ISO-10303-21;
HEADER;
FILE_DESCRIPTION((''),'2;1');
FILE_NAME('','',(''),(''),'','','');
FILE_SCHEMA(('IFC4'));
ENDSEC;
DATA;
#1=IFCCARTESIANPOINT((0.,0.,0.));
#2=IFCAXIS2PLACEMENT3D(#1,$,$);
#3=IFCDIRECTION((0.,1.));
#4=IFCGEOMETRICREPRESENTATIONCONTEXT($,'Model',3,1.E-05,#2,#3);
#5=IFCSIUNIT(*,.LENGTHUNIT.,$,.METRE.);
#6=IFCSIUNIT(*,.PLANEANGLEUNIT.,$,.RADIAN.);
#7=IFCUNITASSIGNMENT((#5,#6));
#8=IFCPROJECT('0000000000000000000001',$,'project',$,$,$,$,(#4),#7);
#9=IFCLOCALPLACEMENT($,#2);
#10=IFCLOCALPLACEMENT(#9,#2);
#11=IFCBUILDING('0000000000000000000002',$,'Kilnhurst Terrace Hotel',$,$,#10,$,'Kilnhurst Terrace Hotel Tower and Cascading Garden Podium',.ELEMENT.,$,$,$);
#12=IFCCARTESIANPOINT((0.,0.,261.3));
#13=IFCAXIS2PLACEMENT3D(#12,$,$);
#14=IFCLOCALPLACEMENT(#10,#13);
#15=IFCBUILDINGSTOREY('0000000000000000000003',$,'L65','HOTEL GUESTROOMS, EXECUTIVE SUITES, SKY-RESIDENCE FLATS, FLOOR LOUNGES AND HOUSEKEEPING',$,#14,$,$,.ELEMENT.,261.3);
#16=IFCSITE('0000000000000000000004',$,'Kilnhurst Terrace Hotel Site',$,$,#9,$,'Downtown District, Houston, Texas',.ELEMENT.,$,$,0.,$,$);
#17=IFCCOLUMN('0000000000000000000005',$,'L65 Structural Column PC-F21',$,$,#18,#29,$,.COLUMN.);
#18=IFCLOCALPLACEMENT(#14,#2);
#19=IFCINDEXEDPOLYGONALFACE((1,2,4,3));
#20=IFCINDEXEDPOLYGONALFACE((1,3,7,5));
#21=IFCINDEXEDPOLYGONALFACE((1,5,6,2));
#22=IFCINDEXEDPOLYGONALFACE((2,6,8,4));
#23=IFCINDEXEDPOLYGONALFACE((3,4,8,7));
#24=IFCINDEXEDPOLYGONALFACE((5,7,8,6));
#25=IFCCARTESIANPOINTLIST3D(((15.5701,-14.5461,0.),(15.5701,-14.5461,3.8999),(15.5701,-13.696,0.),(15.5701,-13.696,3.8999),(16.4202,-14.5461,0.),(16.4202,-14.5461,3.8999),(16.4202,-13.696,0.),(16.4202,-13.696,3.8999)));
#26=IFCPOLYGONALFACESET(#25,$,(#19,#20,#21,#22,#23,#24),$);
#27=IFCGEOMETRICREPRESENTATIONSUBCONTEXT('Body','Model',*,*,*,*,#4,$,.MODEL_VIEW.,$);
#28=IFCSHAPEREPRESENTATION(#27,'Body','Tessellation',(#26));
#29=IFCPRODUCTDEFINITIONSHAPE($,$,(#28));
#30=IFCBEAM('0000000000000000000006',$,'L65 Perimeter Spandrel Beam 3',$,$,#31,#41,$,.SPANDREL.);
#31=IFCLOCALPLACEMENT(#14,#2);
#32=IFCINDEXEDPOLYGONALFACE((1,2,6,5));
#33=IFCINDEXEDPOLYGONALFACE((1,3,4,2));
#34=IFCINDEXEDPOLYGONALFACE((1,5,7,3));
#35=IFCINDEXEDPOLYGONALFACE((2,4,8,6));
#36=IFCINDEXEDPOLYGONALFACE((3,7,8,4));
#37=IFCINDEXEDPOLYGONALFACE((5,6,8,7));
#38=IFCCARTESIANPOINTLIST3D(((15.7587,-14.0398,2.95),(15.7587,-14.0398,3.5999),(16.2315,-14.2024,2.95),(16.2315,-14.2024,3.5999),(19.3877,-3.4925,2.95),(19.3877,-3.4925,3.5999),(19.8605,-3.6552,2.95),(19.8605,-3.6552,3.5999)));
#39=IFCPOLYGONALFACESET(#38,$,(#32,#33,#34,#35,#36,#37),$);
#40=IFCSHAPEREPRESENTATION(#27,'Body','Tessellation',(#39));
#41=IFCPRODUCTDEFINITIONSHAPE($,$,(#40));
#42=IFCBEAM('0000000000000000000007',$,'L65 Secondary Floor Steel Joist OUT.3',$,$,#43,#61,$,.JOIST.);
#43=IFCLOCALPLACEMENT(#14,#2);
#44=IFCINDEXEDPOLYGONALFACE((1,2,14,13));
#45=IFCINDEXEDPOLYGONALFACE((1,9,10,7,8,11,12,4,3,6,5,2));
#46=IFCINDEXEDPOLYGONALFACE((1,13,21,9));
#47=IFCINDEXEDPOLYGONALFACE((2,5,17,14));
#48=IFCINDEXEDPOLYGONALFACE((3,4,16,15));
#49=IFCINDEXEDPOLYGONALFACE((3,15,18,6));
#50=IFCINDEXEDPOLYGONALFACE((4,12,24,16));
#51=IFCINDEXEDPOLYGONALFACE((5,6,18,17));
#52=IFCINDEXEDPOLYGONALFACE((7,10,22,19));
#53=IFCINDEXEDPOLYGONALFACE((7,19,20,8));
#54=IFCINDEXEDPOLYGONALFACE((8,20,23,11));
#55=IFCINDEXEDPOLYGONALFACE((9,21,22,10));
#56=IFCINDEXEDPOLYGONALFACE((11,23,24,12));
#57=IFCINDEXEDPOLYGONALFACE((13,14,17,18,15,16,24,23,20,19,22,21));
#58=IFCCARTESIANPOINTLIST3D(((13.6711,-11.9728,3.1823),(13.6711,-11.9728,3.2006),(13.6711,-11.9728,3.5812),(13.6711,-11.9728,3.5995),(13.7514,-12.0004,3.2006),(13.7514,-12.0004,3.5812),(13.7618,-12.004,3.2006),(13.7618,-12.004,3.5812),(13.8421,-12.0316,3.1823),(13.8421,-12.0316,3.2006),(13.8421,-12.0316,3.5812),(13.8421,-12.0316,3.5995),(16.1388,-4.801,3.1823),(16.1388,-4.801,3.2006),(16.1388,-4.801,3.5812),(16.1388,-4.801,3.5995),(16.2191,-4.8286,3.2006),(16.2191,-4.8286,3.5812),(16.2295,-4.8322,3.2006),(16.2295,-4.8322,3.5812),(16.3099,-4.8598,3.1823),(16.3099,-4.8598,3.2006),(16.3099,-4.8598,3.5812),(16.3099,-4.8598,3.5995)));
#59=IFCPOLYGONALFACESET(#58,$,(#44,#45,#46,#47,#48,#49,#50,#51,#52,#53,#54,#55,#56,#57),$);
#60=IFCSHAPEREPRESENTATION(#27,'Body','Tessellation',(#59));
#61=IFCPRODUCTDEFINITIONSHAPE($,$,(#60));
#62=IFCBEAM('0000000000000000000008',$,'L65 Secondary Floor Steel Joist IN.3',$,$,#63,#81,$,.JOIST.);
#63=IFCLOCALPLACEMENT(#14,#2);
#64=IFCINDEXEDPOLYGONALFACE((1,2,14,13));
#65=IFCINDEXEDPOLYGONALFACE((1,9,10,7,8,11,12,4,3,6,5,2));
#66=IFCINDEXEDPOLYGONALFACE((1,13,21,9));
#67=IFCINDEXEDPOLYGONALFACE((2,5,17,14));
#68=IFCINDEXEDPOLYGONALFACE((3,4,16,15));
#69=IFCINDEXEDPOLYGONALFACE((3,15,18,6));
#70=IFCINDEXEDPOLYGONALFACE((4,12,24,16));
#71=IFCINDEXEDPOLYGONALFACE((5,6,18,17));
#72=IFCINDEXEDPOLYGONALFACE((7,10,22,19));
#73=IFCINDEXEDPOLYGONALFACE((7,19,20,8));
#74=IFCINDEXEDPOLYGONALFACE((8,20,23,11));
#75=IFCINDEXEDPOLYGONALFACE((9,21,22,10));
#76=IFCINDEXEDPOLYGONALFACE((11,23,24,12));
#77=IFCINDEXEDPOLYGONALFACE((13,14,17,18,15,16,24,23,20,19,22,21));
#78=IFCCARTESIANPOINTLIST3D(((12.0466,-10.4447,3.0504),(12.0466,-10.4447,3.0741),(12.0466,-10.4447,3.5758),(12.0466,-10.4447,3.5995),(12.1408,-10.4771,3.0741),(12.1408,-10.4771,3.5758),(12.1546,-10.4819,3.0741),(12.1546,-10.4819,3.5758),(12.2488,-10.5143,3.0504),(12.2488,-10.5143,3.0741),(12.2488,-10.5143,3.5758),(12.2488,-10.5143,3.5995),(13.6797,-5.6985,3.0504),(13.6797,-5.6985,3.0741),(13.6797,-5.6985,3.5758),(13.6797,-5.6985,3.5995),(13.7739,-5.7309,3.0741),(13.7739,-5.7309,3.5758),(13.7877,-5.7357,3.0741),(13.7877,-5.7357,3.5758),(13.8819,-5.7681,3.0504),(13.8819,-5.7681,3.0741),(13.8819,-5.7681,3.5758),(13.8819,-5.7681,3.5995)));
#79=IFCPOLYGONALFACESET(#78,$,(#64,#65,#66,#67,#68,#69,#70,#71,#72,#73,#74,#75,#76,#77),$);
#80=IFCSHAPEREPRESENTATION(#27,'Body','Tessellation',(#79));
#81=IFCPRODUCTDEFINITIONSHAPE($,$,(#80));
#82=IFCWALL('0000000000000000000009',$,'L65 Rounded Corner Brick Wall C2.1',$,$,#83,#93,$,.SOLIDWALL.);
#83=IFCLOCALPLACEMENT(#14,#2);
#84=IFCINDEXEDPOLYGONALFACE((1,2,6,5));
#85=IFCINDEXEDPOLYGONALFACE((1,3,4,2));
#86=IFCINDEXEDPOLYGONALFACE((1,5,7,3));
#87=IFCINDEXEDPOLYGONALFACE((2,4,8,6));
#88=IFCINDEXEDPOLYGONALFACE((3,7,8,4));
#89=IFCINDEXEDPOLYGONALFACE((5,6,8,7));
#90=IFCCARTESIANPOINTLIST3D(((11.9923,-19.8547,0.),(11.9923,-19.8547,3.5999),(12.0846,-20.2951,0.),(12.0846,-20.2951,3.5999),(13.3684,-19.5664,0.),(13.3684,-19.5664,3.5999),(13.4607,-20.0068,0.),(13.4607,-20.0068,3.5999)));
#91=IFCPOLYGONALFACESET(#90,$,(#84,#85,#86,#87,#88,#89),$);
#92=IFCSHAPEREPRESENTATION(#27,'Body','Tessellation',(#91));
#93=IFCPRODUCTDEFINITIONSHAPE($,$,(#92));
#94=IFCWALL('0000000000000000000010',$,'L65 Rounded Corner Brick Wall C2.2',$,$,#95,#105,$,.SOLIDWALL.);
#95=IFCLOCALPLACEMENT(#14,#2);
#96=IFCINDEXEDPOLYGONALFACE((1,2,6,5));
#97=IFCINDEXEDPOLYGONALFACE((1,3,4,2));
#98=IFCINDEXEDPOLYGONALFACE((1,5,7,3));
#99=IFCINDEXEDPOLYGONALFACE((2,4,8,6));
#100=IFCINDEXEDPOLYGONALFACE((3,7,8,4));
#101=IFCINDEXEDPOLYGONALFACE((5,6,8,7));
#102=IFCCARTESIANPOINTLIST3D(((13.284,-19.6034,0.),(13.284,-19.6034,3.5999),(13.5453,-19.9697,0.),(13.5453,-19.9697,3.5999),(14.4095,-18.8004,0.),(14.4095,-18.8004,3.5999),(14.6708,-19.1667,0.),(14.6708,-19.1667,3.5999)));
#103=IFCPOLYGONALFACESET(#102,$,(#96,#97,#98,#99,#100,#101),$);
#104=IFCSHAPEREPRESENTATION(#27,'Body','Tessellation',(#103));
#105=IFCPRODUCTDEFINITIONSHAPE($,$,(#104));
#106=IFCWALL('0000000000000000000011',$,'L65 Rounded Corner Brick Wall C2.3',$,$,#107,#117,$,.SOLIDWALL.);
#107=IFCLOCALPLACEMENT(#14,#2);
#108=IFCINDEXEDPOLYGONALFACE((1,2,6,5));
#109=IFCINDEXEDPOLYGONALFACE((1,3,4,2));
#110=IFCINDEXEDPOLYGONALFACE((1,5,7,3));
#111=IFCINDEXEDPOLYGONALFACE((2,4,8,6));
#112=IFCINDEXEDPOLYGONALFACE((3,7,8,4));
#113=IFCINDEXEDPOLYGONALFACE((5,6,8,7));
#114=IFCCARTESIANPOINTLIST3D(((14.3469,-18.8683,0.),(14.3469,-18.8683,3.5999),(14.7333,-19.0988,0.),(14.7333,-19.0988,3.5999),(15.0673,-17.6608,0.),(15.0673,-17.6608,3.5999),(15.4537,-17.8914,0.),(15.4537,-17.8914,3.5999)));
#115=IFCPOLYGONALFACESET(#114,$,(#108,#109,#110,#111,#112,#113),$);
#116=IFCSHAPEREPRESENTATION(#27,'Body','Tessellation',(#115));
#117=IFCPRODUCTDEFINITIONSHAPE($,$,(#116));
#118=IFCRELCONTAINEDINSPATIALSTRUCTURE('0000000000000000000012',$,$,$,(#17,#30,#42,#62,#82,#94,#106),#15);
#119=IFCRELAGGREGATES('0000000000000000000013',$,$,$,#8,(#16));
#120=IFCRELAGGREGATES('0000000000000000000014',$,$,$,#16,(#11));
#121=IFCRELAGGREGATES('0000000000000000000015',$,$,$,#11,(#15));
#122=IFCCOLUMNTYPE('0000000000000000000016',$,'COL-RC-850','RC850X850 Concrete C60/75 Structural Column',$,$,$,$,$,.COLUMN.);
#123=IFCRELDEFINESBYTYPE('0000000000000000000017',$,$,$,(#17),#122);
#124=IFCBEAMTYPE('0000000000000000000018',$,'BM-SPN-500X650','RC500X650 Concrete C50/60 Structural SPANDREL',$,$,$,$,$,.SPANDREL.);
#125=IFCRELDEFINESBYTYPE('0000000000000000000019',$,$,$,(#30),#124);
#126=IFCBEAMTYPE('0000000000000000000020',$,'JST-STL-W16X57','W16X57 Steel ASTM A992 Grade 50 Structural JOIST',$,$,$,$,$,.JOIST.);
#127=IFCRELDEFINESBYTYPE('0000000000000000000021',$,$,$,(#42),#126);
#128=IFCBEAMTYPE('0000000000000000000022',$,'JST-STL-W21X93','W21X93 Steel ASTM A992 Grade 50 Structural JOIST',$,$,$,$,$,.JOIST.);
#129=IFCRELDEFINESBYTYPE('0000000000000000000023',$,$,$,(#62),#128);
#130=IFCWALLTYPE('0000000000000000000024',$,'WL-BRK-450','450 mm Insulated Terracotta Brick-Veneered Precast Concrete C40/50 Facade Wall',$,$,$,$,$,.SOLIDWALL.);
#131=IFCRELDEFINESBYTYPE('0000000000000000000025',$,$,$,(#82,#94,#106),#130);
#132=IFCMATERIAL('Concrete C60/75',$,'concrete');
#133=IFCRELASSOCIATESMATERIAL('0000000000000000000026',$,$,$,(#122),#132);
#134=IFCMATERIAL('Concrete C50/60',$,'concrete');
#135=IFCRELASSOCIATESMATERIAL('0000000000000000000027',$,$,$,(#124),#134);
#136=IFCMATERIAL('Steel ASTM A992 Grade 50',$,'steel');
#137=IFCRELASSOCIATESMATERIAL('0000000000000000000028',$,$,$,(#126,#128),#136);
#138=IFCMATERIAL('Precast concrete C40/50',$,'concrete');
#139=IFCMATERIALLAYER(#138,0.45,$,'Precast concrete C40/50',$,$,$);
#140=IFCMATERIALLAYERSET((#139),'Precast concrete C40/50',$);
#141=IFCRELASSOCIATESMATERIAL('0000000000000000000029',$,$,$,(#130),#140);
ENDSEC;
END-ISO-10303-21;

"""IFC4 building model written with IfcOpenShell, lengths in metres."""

from ifc_helpers import new_model, si_unit, direction, frame, frame_2d, origin, origin_2d, place, context, subcontext, project, spatial, rectangle, i_section, extrude, material, layer, layer_set, material_profile, profile_set, type_object, element, save


model = new_model("IFC4")

# Units and contexts
model_context = context("Model", 3, precision=1e-05, world=origin(), true_north=direction((0.0, 1.0)))
body_context = subcontext(model_context, "Body", "Model", "MODEL_VIEW")
ifc_project = project(units=[si_unit("LENGTHUNIT", "METRE"), si_unit("PLANEANGLEUNIT", "RADIAN")], contexts=[model_context])

# Site, building, storey
site_placement = place(None, origin())
site = spatial("IfcSite", under=ifc_project, at=site_placement, Name="Kilnhurst Terrace Hotel Site", LongName="Downtown District, Houston, Texas", CompositionType="ELEMENT", RefElevation=0.0)
building_placement = place(site_placement, origin())
building = spatial("IfcBuilding", under=site, at=building_placement, Name="Kilnhurst Terrace Hotel", LongName="Kilnhurst Terrace Hotel Tower and Cascading Garden Podium", CompositionType="ELEMENT")
storey_placement = place(building_placement, frame((0.0, 0.0, 261.3)))
storey = spatial("IfcBuildingStorey", under=building, at=storey_placement, Name="L65", Description="HOTEL GUESTROOMS, EXECUTIVE SUITES, SKY-RESIDENCE FLATS, FLOOR LOUNGES AND HOUSEKEEPING", CompositionType="ELEMENT", Elevation=261.3)

# Column
ifc_material_1 = material(Name="Concrete C60/75", Category="concrete")
ifc_material_profile_1 = material_profile(ifc_material_1, rectangle(XDim=0.8501, YDim=0.8501, at=origin_2d()), Name="RC850X850")
ifc_profile_set_1 = profile_set([ifc_material_profile_1], Name="Concrete C60/75")
column_type = type_object("IfcColumnType", Name="COL-RC-850", Description="RC850X850 Concrete C60/75 Structural Column", PredefinedType="COLUMN", material=ifc_profile_set_1)
column_placement = place(storey_placement, frame((15.9951, -14.1211, 0.0), z_axis=(0.0, 0.0, 1.0), x_axis=(1.0, 0.0, 0.0)))
element("IfcColumn", 1, at=column_placement, inside=storey, type_object=column_type, Name="L65 Structural Column PC-F21", PredefinedType="COLUMN", context=body_context, shape_type="SweptSolid", body=[
    extrude(rectangle(XDim=0.8501, YDim=0.8501, at=origin_2d()), origin(), (0.0, 0.0, 1.0), 3.8999),
])

# Beams
ifc_material_2 = material(Name="Concrete C50/60", Category="concrete")
ifc_material_profile_2 = material_profile(ifc_material_2, rectangle(XDim=0.5, YDim=0.6499, at=origin_2d()), Name="RC500X650")
ifc_profile_set_2 = profile_set([ifc_material_profile_2], Name="Concrete C50/60")
beam_type_1 = type_object("IfcBeamType", Name="BM-SPN-500X650", Description="RC500X650 Concrete C50/60 Structural SPANDREL", PredefinedType="SPANDREL", material=ifc_profile_set_2)
beam_1_placement = place(storey_placement, frame((15.9951, -14.1211, 3.2749), z_axis=(0.325347, 0.945595, 0.0), x_axis=(-0.945595, 0.325347, 0.0)))
element("IfcBeam", 2, at=beam_1_placement, inside=storey, type_object=beam_type_1, Name="L65 Perimeter Spandrel Beam 3", PredefinedType="SPANDREL", context=body_context, shape_type="SweptSolid", body=[
    extrude(rectangle(XDim=0.5, YDim=0.6499, at=origin_2d()), origin(), (0.0, 0.0, 1.0), 11.1541),
])
ifc_material_3 = material(Name="Steel ASTM A992 Grade 50", Category="steel")
ifc_material_profile_3 = material_profile(ifc_material_3, i_section(OverallWidth=0.1809, OverallDepth=0.4172, WebThickness=0.011, FlangeThickness=0.0183, at=origin_2d()), Name="W16X57")
ifc_profile_set_3 = profile_set([ifc_material_profile_3], Name="Steel ASTM A992 Grade 50")
beam_type_2 = type_object("IfcBeamType", Name="JST-STL-W16X57", Description="W16X57 Steel ASTM A992 Grade 50 Structural JOIST", PredefinedType="JOIST", material=ifc_profile_set_3)
beam_2_placement = place(storey_placement, frame((13.7566, -12.0022, 3.3909), z_axis=(0.325368, 0.945588, 0.0), x_axis=(-0.945588, 0.325368, 0.0)))
element("IfcBeam", 3, at=beam_2_placement, inside=storey, type_object=beam_type_2, Name="L65 Secondary Floor Steel Joist OUT.3", PredefinedType="JOIST", context=body_context, shape_type="SweptSolid", body=[
    extrude(i_section(OverallWidth=0.1809, OverallDepth=0.4172, WebThickness=0.011, FlangeThickness=0.0183, at=origin_2d()), origin(), (0.0, 0.0, 1.0), 7.5845),
])
ifc_material_profile_4 = material_profile(ifc_material_3, i_section(OverallWidth=0.2139, OverallDepth=0.5491, WebThickness=0.0146, FlangeThickness=0.0237, at=origin_2d()), Name="W21X93")
ifc_profile_set_4 = profile_set([ifc_material_profile_4], Name="Steel ASTM A992 Grade 50")
beam_type_3 = type_object("IfcBeamType", Name="JST-STL-W21X93", Description="W21X93 Steel ASTM A992 Grade 50 Structural JOIST", PredefinedType="JOIST", material=ifc_profile_set_4)
beam_3_placement = place(storey_placement, frame((12.1477, -10.4795, 3.325), z_axis=(0.325363, 0.945589, 0.0), x_axis=(-0.945589, 0.325363, 0.0)))
element("IfcBeam", 4, at=beam_3_placement, inside=storey, type_object=beam_type_3, Name="L65 Secondary Floor Steel Joist IN.3", PredefinedType="JOIST", context=body_context, shape_type="SweptSolid", body=[
    extrude(i_section(OverallWidth=0.2139, OverallDepth=0.5491, WebThickness=0.0146, FlangeThickness=0.0237, at=origin_2d()), origin(), (0.0, 0.0, 1.0), 5.0193),
])

# Walls
ifc_material_4 = material(Name="Precast concrete C40/50", Category="concrete")
ifc_layer_1 = layer(ifc_material_4, 0.45, Name="Precast concrete C40/50")
ifc_layer_set_1 = layer_set([ifc_layer_1], Name="Precast concrete C40/50")
wall_type_1 = type_object("IfcWallType", Name="WL-BRK-450", Description="450 mm Insulated Terracotta Brick-Veneered Precast Concrete C40/50 Facade Wall", PredefinedType="SOLIDWALL", material=ifc_layer_set_1)
wall_1_placement = place(storey_placement, frame((12.0383, -20.075, 0.0), z_axis=(0.0, 0.0, 1.0), x_axis=(0.97875, 0.205057, 0.0)))
element("IfcWall", 5, at=wall_1_placement, inside=storey, type_object=wall_type_1, Name="L65 Rounded Corner Brick Wall C2.1", PredefinedType="SOLIDWALL", context=body_context, shape_type="SweptSolid", body=[
    extrude(rectangle(XDim=1.406, YDim=0.45, at=frame_2d((0.7031, 0.0))), origin(), (0.0, 0.0, 1.0), 3.5999),
])
wall_2_placement = place(storey_placement, frame((13.4146, -19.7866, 0.0), z_axis=(0.0, 0.0, 1.0), x_axis=(0.814055, 0.580787, 0.0)))
element("IfcWall", 6, at=wall_2_placement, inside=storey, type_object=wall_type_1, Name="L65 Rounded Corner Brick Wall C2.2", PredefinedType="SOLIDWALL", context=body_context, shape_type="SweptSolid", body=[
    extrude(rectangle(XDim=1.3826, YDim=0.45, at=frame_2d((0.6914, 0.0))), origin(), (0.0, 0.0, 1.0), 3.5999),
])
wall_3_placement = place(storey_placement, frame((14.54, -18.9836, 0.0), z_axis=(0.0, 0.0, 1.0), x_axis=(0.512375, 0.858762, 0.0)))
element("IfcWall", 7, at=wall_3_placement, inside=storey, type_object=wall_type_1, Name="L65 Rounded Corner Brick Wall C2.3", PredefinedType="SOLIDWALL", context=body_context, shape_type="SweptSolid", body=[
    extrude(rectangle(XDim=1.406, YDim=0.45, at=frame_2d((0.7031, 0.0))), origin(), (0.0, 0.0, 1.0), 3.5999),
])

save(model, "model.ifc")
